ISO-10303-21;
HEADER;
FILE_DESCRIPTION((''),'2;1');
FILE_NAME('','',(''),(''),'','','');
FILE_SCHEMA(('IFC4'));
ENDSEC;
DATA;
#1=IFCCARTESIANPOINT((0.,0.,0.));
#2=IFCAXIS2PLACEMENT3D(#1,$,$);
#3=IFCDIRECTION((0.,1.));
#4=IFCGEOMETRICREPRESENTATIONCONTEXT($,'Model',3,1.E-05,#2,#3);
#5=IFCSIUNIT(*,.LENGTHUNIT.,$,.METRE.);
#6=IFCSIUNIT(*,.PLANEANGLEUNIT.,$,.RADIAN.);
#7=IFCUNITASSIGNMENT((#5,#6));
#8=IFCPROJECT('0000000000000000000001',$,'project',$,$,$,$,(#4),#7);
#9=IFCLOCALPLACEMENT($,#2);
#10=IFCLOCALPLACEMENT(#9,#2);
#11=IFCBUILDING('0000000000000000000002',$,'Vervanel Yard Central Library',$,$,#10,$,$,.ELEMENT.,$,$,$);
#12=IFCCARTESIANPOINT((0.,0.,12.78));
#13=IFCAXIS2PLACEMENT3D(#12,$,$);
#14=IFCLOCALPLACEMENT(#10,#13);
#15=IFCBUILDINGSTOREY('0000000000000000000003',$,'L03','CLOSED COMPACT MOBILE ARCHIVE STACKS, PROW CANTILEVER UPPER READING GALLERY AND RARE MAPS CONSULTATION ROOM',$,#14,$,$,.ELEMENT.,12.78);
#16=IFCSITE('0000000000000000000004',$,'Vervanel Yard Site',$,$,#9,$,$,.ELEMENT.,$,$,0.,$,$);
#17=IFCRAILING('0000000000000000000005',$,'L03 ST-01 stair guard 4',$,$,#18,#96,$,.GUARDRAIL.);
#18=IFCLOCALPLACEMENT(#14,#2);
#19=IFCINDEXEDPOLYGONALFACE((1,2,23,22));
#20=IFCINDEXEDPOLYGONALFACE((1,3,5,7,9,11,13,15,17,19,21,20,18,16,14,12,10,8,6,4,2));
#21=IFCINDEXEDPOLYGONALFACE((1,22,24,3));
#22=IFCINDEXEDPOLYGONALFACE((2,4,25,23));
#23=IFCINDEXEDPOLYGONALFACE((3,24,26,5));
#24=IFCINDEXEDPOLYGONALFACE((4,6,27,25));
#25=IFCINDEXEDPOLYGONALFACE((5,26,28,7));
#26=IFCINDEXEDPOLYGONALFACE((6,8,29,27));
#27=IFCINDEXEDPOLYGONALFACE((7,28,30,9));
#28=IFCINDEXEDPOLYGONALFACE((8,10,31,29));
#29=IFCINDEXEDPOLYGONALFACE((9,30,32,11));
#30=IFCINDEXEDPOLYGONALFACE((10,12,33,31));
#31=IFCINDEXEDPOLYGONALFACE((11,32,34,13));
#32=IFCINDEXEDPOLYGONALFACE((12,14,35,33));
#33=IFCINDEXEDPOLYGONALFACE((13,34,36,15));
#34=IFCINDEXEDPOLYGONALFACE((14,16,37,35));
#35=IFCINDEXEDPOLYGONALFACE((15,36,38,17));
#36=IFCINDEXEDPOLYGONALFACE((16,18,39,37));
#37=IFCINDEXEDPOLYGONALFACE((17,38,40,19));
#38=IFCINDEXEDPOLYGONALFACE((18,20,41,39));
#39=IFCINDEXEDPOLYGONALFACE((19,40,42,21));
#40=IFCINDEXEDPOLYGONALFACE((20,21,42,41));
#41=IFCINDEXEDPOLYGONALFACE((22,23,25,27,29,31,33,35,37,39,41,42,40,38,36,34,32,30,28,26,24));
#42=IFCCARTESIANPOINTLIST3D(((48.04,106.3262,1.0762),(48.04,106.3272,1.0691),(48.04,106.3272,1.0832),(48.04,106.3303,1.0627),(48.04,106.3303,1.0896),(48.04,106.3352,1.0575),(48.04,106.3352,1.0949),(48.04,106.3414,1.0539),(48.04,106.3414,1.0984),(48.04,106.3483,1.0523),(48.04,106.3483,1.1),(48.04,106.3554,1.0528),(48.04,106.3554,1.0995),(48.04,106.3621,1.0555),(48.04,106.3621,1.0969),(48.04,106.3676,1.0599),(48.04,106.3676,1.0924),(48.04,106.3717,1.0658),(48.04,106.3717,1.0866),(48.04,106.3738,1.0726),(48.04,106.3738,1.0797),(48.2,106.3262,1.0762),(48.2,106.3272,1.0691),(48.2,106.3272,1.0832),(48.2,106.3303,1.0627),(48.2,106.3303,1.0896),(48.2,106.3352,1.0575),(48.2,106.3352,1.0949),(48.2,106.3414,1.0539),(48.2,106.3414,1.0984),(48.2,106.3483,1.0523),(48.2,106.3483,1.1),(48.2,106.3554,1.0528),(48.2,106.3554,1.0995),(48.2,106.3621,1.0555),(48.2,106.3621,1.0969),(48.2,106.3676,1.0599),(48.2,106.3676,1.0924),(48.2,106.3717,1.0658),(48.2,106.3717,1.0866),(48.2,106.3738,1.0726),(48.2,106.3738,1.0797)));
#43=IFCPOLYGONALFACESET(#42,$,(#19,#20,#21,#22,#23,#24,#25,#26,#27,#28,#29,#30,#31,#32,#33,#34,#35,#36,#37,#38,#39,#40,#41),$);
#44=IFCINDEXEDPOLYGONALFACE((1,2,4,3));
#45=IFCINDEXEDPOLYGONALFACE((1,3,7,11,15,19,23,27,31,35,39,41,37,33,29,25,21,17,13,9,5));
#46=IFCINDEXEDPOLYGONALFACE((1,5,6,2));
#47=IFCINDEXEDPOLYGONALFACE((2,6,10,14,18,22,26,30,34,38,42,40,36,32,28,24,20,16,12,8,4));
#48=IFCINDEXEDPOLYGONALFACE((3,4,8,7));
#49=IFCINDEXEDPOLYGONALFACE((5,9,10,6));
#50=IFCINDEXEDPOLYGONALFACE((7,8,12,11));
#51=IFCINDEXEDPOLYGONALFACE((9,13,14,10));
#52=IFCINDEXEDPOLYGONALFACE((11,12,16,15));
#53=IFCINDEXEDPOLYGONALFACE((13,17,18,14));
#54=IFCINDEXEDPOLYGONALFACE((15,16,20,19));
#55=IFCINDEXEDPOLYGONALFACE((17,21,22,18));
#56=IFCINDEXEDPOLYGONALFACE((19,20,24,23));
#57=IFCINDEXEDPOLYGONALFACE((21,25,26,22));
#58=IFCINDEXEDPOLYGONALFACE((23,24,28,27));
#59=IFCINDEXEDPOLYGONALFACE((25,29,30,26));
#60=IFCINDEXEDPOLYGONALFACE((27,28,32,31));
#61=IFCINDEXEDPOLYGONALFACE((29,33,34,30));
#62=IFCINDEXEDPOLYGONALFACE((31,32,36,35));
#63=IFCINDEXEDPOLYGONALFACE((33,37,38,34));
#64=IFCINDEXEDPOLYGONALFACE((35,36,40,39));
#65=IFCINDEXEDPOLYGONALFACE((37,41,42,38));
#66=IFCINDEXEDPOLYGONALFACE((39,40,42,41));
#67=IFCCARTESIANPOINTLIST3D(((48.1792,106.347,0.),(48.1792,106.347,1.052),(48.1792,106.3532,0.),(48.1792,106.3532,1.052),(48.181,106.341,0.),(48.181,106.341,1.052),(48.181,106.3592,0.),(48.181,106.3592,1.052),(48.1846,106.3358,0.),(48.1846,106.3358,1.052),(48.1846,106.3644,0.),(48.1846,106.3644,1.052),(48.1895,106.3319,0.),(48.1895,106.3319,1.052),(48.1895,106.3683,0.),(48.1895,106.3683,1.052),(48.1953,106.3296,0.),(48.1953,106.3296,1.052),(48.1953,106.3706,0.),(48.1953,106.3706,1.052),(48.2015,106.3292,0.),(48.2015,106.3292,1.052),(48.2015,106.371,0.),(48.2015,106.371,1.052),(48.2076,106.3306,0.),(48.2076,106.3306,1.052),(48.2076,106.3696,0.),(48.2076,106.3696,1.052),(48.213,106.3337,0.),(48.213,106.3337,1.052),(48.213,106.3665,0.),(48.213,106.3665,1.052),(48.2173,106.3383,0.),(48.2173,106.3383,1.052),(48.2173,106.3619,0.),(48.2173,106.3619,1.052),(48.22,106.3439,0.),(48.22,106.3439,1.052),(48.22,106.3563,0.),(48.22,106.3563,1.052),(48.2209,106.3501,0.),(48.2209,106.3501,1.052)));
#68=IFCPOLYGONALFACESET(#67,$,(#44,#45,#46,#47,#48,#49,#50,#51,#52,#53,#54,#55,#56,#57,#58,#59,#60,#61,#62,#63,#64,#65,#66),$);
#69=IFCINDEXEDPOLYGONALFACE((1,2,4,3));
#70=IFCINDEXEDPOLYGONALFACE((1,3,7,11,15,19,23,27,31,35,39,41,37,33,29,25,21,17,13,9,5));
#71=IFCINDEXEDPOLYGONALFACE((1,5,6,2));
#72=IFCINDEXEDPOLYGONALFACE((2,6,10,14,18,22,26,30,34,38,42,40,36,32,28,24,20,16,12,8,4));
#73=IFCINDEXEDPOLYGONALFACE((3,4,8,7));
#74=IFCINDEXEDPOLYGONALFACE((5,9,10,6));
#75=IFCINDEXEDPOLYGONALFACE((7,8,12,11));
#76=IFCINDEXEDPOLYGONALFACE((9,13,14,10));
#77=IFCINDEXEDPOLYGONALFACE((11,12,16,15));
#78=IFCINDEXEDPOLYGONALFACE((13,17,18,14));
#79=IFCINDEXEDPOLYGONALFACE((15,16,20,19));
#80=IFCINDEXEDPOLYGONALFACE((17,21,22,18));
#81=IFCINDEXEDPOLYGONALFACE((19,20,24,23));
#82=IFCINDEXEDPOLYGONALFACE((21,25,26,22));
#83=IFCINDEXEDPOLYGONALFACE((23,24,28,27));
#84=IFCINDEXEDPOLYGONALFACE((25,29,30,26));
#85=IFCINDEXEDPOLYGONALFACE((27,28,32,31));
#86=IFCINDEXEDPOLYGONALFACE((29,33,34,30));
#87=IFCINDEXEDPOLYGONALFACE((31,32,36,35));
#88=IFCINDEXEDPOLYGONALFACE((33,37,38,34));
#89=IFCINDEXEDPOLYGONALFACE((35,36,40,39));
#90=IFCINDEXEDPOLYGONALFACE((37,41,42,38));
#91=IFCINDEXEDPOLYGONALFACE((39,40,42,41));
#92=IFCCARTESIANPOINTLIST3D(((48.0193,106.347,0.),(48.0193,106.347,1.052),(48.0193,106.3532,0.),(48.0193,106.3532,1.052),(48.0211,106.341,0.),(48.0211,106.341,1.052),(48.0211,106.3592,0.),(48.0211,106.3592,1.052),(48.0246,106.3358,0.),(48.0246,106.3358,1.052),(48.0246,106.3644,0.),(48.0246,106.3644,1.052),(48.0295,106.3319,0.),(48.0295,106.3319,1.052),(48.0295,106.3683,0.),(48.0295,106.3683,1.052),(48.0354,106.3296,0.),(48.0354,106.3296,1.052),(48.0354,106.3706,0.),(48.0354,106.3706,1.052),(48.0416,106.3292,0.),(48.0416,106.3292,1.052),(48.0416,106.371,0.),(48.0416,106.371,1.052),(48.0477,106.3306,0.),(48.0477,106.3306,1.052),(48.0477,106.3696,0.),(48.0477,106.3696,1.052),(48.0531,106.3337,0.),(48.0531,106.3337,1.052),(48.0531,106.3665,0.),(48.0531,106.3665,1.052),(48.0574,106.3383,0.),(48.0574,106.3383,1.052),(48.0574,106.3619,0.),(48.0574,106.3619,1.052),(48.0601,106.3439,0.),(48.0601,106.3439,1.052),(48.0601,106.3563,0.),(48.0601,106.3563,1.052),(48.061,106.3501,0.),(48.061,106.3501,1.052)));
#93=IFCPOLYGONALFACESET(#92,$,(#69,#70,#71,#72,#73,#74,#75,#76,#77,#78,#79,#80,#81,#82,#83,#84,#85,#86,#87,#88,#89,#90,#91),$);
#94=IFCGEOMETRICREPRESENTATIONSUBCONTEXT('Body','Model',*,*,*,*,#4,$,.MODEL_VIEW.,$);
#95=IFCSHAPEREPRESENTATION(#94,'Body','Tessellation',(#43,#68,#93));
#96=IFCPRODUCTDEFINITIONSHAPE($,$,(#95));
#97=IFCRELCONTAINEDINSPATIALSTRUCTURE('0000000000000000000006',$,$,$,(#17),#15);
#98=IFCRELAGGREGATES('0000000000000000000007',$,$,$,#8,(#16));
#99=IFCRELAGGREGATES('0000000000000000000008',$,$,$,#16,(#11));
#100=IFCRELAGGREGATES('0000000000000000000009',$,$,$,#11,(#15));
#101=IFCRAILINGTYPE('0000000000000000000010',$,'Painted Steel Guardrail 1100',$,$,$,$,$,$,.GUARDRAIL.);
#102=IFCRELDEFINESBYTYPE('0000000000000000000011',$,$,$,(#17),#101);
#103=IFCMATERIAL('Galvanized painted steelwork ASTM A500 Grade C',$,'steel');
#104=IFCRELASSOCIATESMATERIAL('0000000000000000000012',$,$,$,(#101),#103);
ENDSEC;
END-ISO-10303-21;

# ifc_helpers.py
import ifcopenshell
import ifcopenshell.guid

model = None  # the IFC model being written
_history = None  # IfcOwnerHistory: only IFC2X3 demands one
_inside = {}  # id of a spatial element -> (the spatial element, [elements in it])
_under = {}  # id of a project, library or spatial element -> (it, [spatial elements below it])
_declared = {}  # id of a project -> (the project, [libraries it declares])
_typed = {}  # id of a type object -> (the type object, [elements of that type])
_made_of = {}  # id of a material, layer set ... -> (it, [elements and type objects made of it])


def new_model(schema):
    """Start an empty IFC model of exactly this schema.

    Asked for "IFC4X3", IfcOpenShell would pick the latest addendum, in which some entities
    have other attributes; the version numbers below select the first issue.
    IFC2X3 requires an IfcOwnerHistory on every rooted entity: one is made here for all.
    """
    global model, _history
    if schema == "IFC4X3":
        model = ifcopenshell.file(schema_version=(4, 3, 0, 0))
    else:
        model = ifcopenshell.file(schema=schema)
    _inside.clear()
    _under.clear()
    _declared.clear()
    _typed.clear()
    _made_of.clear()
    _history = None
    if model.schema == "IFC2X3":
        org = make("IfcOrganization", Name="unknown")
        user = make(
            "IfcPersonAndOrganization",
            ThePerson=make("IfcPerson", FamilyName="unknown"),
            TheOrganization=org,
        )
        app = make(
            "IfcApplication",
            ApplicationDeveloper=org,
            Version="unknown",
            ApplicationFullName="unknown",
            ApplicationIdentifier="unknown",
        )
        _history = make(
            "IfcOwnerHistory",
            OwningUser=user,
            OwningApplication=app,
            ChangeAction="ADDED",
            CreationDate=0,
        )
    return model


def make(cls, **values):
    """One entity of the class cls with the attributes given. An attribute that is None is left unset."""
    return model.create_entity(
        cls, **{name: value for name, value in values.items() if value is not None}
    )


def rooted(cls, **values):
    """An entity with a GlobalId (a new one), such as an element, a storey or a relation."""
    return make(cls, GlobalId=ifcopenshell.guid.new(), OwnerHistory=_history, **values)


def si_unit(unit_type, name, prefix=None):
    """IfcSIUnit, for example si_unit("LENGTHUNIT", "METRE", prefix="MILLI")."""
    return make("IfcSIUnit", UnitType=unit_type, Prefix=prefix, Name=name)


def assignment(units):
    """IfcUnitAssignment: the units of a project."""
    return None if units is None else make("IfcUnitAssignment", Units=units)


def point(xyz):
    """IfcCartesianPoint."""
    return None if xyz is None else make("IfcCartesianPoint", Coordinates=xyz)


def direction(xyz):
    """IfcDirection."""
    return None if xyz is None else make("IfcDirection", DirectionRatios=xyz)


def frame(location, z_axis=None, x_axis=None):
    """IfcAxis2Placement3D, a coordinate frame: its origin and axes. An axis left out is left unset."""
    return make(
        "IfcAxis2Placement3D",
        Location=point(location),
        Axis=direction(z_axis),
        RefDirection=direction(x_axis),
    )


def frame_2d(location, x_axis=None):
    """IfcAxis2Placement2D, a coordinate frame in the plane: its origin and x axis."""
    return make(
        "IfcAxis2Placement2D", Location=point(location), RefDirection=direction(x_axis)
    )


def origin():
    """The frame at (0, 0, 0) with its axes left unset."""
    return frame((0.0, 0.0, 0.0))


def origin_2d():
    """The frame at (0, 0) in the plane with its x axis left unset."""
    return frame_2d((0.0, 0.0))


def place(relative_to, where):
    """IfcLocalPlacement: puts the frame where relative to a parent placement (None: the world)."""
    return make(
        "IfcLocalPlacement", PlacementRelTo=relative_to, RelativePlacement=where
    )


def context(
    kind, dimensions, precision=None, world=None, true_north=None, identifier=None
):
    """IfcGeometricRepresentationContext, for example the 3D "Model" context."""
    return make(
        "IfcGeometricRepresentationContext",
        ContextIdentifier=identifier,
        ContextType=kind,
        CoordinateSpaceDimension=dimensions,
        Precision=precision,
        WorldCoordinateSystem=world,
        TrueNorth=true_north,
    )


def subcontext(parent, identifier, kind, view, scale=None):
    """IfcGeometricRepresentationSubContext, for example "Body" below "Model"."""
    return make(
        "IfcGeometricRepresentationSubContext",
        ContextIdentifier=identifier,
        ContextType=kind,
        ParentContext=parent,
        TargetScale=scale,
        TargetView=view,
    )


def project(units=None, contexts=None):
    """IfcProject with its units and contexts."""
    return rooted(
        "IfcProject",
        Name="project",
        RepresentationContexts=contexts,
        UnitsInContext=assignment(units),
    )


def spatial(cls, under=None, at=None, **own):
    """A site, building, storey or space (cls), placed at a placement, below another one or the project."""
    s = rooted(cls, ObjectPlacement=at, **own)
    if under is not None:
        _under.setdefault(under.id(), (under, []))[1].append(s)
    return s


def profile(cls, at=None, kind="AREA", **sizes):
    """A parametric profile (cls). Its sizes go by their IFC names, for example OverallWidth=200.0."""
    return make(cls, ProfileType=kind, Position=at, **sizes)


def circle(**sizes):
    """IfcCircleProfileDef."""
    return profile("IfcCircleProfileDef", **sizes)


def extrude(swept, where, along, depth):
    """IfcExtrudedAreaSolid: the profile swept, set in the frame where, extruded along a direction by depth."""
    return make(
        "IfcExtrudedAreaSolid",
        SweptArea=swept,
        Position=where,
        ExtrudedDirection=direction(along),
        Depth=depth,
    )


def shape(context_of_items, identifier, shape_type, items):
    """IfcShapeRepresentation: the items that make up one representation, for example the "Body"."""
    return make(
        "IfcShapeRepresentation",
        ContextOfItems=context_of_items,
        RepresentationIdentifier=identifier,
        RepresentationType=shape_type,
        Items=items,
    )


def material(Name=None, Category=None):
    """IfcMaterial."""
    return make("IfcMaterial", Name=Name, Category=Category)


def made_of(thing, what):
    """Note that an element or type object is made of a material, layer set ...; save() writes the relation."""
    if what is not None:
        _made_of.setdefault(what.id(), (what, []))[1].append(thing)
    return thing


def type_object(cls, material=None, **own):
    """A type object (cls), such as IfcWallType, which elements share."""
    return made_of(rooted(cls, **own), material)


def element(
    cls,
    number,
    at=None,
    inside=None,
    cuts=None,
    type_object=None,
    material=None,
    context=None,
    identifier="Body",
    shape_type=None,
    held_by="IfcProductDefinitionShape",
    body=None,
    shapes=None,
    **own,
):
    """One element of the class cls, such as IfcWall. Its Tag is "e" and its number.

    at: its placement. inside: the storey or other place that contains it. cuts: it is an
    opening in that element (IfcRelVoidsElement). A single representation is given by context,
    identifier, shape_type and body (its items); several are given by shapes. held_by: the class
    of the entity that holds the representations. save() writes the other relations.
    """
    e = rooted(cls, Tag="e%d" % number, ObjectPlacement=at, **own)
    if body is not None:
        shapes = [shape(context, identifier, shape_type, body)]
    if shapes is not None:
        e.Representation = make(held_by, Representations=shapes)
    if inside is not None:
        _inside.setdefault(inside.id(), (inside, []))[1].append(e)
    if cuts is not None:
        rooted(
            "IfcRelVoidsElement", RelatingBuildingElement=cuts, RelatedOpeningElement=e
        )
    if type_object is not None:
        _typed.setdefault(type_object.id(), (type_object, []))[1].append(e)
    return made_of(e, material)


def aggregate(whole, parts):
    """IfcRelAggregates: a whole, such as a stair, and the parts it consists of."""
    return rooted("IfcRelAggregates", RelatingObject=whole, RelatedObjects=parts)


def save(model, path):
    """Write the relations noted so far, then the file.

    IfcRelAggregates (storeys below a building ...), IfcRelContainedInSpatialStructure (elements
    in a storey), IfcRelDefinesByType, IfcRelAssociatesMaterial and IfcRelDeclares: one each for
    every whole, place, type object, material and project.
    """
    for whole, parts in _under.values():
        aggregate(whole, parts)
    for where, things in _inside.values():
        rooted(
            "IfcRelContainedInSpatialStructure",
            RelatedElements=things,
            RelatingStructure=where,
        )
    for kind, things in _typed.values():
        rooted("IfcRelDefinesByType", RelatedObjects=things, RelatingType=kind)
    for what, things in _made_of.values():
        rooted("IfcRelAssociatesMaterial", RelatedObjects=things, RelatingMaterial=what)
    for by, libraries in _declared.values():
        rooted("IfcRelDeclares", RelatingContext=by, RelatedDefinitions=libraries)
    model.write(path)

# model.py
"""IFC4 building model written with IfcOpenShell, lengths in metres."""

from ifc_helpers import new_model, si_unit, direction, frame, origin, origin_2d, place, context, subcontext, project, spatial, circle, extrude, material, type_object, element, save


model = new_model("IFC4")

# Units and contexts
model_context = context("Model", 3, precision=1e-05, world=origin(), true_north=direction((0.0, 1.0)))
body_context = subcontext(model_context, "Body", "Model", "MODEL_VIEW")
ifc_project = project(units=[si_unit("LENGTHUNIT", "METRE"), si_unit("PLANEANGLEUNIT", "RADIAN")], contexts=[model_context])

# Site, building, storey
site_placement = place(None, origin())
site = spatial("IfcSite", under=ifc_project, at=site_placement, Name="Vervanel Yard Site", CompositionType="ELEMENT", RefElevation=0.0)
building_placement = place(site_placement, origin())
building = spatial("IfcBuilding", under=site, at=building_placement, Name="Vervanel Yard Central Library", CompositionType="ELEMENT")
storey_placement = place(building_placement, frame((0.0, 0.0, 12.78)))
storey = spatial("IfcBuildingStorey", under=building, at=storey_placement, Name="L03", Description="CLOSED COMPACT MOBILE ARCHIVE STACKS, PROW CANTILEVER UPPER READING GALLERY AND RARE MAPS CONSULTATION ROOM", CompositionType="ELEMENT", Elevation=12.78)

# Shared definitions
ifc_material_1 = material(Name="Galvanized painted steelwork ASTM A500 Grade C", Category="steel")

# Railing
railing_type_1 = type_object("IfcRailingType", Name="Painted Steel Guardrail 1100", PredefinedType="GUARDRAIL", material=ifc_material_1)
railing_1_placement = place(storey_placement, frame((48.2, 106.3501, 0.0)))
element("IfcRailing", 1, at=railing_1_placement, inside=storey, type_object=railing_type_1, Name="L03 ST-01 stair guard 4", PredefinedType="GUARDRAIL", context=body_context, shape_type="SweptSolid", body=[
    extrude(circle(Radius=0.0239, at=origin_2d()), frame((0.0, 0.0, 1.0762), z_axis=(-1.0, 0.0, 0.0), x_axis=(0.0, -1.0, 0.0)), (0.0, 0.0, 1.0), 0.1599),
    extrude(circle(Radius=0.021, at=origin_2d()), origin(), (0.0, 0.0, 1.0), 1.052),
    extrude(circle(Radius=0.021, at=origin_2d()), frame((-0.1599, 0.0, 0.0)), (0.0, 0.0, 1.0), 1.052),
])

save(model, "model.ifc")
